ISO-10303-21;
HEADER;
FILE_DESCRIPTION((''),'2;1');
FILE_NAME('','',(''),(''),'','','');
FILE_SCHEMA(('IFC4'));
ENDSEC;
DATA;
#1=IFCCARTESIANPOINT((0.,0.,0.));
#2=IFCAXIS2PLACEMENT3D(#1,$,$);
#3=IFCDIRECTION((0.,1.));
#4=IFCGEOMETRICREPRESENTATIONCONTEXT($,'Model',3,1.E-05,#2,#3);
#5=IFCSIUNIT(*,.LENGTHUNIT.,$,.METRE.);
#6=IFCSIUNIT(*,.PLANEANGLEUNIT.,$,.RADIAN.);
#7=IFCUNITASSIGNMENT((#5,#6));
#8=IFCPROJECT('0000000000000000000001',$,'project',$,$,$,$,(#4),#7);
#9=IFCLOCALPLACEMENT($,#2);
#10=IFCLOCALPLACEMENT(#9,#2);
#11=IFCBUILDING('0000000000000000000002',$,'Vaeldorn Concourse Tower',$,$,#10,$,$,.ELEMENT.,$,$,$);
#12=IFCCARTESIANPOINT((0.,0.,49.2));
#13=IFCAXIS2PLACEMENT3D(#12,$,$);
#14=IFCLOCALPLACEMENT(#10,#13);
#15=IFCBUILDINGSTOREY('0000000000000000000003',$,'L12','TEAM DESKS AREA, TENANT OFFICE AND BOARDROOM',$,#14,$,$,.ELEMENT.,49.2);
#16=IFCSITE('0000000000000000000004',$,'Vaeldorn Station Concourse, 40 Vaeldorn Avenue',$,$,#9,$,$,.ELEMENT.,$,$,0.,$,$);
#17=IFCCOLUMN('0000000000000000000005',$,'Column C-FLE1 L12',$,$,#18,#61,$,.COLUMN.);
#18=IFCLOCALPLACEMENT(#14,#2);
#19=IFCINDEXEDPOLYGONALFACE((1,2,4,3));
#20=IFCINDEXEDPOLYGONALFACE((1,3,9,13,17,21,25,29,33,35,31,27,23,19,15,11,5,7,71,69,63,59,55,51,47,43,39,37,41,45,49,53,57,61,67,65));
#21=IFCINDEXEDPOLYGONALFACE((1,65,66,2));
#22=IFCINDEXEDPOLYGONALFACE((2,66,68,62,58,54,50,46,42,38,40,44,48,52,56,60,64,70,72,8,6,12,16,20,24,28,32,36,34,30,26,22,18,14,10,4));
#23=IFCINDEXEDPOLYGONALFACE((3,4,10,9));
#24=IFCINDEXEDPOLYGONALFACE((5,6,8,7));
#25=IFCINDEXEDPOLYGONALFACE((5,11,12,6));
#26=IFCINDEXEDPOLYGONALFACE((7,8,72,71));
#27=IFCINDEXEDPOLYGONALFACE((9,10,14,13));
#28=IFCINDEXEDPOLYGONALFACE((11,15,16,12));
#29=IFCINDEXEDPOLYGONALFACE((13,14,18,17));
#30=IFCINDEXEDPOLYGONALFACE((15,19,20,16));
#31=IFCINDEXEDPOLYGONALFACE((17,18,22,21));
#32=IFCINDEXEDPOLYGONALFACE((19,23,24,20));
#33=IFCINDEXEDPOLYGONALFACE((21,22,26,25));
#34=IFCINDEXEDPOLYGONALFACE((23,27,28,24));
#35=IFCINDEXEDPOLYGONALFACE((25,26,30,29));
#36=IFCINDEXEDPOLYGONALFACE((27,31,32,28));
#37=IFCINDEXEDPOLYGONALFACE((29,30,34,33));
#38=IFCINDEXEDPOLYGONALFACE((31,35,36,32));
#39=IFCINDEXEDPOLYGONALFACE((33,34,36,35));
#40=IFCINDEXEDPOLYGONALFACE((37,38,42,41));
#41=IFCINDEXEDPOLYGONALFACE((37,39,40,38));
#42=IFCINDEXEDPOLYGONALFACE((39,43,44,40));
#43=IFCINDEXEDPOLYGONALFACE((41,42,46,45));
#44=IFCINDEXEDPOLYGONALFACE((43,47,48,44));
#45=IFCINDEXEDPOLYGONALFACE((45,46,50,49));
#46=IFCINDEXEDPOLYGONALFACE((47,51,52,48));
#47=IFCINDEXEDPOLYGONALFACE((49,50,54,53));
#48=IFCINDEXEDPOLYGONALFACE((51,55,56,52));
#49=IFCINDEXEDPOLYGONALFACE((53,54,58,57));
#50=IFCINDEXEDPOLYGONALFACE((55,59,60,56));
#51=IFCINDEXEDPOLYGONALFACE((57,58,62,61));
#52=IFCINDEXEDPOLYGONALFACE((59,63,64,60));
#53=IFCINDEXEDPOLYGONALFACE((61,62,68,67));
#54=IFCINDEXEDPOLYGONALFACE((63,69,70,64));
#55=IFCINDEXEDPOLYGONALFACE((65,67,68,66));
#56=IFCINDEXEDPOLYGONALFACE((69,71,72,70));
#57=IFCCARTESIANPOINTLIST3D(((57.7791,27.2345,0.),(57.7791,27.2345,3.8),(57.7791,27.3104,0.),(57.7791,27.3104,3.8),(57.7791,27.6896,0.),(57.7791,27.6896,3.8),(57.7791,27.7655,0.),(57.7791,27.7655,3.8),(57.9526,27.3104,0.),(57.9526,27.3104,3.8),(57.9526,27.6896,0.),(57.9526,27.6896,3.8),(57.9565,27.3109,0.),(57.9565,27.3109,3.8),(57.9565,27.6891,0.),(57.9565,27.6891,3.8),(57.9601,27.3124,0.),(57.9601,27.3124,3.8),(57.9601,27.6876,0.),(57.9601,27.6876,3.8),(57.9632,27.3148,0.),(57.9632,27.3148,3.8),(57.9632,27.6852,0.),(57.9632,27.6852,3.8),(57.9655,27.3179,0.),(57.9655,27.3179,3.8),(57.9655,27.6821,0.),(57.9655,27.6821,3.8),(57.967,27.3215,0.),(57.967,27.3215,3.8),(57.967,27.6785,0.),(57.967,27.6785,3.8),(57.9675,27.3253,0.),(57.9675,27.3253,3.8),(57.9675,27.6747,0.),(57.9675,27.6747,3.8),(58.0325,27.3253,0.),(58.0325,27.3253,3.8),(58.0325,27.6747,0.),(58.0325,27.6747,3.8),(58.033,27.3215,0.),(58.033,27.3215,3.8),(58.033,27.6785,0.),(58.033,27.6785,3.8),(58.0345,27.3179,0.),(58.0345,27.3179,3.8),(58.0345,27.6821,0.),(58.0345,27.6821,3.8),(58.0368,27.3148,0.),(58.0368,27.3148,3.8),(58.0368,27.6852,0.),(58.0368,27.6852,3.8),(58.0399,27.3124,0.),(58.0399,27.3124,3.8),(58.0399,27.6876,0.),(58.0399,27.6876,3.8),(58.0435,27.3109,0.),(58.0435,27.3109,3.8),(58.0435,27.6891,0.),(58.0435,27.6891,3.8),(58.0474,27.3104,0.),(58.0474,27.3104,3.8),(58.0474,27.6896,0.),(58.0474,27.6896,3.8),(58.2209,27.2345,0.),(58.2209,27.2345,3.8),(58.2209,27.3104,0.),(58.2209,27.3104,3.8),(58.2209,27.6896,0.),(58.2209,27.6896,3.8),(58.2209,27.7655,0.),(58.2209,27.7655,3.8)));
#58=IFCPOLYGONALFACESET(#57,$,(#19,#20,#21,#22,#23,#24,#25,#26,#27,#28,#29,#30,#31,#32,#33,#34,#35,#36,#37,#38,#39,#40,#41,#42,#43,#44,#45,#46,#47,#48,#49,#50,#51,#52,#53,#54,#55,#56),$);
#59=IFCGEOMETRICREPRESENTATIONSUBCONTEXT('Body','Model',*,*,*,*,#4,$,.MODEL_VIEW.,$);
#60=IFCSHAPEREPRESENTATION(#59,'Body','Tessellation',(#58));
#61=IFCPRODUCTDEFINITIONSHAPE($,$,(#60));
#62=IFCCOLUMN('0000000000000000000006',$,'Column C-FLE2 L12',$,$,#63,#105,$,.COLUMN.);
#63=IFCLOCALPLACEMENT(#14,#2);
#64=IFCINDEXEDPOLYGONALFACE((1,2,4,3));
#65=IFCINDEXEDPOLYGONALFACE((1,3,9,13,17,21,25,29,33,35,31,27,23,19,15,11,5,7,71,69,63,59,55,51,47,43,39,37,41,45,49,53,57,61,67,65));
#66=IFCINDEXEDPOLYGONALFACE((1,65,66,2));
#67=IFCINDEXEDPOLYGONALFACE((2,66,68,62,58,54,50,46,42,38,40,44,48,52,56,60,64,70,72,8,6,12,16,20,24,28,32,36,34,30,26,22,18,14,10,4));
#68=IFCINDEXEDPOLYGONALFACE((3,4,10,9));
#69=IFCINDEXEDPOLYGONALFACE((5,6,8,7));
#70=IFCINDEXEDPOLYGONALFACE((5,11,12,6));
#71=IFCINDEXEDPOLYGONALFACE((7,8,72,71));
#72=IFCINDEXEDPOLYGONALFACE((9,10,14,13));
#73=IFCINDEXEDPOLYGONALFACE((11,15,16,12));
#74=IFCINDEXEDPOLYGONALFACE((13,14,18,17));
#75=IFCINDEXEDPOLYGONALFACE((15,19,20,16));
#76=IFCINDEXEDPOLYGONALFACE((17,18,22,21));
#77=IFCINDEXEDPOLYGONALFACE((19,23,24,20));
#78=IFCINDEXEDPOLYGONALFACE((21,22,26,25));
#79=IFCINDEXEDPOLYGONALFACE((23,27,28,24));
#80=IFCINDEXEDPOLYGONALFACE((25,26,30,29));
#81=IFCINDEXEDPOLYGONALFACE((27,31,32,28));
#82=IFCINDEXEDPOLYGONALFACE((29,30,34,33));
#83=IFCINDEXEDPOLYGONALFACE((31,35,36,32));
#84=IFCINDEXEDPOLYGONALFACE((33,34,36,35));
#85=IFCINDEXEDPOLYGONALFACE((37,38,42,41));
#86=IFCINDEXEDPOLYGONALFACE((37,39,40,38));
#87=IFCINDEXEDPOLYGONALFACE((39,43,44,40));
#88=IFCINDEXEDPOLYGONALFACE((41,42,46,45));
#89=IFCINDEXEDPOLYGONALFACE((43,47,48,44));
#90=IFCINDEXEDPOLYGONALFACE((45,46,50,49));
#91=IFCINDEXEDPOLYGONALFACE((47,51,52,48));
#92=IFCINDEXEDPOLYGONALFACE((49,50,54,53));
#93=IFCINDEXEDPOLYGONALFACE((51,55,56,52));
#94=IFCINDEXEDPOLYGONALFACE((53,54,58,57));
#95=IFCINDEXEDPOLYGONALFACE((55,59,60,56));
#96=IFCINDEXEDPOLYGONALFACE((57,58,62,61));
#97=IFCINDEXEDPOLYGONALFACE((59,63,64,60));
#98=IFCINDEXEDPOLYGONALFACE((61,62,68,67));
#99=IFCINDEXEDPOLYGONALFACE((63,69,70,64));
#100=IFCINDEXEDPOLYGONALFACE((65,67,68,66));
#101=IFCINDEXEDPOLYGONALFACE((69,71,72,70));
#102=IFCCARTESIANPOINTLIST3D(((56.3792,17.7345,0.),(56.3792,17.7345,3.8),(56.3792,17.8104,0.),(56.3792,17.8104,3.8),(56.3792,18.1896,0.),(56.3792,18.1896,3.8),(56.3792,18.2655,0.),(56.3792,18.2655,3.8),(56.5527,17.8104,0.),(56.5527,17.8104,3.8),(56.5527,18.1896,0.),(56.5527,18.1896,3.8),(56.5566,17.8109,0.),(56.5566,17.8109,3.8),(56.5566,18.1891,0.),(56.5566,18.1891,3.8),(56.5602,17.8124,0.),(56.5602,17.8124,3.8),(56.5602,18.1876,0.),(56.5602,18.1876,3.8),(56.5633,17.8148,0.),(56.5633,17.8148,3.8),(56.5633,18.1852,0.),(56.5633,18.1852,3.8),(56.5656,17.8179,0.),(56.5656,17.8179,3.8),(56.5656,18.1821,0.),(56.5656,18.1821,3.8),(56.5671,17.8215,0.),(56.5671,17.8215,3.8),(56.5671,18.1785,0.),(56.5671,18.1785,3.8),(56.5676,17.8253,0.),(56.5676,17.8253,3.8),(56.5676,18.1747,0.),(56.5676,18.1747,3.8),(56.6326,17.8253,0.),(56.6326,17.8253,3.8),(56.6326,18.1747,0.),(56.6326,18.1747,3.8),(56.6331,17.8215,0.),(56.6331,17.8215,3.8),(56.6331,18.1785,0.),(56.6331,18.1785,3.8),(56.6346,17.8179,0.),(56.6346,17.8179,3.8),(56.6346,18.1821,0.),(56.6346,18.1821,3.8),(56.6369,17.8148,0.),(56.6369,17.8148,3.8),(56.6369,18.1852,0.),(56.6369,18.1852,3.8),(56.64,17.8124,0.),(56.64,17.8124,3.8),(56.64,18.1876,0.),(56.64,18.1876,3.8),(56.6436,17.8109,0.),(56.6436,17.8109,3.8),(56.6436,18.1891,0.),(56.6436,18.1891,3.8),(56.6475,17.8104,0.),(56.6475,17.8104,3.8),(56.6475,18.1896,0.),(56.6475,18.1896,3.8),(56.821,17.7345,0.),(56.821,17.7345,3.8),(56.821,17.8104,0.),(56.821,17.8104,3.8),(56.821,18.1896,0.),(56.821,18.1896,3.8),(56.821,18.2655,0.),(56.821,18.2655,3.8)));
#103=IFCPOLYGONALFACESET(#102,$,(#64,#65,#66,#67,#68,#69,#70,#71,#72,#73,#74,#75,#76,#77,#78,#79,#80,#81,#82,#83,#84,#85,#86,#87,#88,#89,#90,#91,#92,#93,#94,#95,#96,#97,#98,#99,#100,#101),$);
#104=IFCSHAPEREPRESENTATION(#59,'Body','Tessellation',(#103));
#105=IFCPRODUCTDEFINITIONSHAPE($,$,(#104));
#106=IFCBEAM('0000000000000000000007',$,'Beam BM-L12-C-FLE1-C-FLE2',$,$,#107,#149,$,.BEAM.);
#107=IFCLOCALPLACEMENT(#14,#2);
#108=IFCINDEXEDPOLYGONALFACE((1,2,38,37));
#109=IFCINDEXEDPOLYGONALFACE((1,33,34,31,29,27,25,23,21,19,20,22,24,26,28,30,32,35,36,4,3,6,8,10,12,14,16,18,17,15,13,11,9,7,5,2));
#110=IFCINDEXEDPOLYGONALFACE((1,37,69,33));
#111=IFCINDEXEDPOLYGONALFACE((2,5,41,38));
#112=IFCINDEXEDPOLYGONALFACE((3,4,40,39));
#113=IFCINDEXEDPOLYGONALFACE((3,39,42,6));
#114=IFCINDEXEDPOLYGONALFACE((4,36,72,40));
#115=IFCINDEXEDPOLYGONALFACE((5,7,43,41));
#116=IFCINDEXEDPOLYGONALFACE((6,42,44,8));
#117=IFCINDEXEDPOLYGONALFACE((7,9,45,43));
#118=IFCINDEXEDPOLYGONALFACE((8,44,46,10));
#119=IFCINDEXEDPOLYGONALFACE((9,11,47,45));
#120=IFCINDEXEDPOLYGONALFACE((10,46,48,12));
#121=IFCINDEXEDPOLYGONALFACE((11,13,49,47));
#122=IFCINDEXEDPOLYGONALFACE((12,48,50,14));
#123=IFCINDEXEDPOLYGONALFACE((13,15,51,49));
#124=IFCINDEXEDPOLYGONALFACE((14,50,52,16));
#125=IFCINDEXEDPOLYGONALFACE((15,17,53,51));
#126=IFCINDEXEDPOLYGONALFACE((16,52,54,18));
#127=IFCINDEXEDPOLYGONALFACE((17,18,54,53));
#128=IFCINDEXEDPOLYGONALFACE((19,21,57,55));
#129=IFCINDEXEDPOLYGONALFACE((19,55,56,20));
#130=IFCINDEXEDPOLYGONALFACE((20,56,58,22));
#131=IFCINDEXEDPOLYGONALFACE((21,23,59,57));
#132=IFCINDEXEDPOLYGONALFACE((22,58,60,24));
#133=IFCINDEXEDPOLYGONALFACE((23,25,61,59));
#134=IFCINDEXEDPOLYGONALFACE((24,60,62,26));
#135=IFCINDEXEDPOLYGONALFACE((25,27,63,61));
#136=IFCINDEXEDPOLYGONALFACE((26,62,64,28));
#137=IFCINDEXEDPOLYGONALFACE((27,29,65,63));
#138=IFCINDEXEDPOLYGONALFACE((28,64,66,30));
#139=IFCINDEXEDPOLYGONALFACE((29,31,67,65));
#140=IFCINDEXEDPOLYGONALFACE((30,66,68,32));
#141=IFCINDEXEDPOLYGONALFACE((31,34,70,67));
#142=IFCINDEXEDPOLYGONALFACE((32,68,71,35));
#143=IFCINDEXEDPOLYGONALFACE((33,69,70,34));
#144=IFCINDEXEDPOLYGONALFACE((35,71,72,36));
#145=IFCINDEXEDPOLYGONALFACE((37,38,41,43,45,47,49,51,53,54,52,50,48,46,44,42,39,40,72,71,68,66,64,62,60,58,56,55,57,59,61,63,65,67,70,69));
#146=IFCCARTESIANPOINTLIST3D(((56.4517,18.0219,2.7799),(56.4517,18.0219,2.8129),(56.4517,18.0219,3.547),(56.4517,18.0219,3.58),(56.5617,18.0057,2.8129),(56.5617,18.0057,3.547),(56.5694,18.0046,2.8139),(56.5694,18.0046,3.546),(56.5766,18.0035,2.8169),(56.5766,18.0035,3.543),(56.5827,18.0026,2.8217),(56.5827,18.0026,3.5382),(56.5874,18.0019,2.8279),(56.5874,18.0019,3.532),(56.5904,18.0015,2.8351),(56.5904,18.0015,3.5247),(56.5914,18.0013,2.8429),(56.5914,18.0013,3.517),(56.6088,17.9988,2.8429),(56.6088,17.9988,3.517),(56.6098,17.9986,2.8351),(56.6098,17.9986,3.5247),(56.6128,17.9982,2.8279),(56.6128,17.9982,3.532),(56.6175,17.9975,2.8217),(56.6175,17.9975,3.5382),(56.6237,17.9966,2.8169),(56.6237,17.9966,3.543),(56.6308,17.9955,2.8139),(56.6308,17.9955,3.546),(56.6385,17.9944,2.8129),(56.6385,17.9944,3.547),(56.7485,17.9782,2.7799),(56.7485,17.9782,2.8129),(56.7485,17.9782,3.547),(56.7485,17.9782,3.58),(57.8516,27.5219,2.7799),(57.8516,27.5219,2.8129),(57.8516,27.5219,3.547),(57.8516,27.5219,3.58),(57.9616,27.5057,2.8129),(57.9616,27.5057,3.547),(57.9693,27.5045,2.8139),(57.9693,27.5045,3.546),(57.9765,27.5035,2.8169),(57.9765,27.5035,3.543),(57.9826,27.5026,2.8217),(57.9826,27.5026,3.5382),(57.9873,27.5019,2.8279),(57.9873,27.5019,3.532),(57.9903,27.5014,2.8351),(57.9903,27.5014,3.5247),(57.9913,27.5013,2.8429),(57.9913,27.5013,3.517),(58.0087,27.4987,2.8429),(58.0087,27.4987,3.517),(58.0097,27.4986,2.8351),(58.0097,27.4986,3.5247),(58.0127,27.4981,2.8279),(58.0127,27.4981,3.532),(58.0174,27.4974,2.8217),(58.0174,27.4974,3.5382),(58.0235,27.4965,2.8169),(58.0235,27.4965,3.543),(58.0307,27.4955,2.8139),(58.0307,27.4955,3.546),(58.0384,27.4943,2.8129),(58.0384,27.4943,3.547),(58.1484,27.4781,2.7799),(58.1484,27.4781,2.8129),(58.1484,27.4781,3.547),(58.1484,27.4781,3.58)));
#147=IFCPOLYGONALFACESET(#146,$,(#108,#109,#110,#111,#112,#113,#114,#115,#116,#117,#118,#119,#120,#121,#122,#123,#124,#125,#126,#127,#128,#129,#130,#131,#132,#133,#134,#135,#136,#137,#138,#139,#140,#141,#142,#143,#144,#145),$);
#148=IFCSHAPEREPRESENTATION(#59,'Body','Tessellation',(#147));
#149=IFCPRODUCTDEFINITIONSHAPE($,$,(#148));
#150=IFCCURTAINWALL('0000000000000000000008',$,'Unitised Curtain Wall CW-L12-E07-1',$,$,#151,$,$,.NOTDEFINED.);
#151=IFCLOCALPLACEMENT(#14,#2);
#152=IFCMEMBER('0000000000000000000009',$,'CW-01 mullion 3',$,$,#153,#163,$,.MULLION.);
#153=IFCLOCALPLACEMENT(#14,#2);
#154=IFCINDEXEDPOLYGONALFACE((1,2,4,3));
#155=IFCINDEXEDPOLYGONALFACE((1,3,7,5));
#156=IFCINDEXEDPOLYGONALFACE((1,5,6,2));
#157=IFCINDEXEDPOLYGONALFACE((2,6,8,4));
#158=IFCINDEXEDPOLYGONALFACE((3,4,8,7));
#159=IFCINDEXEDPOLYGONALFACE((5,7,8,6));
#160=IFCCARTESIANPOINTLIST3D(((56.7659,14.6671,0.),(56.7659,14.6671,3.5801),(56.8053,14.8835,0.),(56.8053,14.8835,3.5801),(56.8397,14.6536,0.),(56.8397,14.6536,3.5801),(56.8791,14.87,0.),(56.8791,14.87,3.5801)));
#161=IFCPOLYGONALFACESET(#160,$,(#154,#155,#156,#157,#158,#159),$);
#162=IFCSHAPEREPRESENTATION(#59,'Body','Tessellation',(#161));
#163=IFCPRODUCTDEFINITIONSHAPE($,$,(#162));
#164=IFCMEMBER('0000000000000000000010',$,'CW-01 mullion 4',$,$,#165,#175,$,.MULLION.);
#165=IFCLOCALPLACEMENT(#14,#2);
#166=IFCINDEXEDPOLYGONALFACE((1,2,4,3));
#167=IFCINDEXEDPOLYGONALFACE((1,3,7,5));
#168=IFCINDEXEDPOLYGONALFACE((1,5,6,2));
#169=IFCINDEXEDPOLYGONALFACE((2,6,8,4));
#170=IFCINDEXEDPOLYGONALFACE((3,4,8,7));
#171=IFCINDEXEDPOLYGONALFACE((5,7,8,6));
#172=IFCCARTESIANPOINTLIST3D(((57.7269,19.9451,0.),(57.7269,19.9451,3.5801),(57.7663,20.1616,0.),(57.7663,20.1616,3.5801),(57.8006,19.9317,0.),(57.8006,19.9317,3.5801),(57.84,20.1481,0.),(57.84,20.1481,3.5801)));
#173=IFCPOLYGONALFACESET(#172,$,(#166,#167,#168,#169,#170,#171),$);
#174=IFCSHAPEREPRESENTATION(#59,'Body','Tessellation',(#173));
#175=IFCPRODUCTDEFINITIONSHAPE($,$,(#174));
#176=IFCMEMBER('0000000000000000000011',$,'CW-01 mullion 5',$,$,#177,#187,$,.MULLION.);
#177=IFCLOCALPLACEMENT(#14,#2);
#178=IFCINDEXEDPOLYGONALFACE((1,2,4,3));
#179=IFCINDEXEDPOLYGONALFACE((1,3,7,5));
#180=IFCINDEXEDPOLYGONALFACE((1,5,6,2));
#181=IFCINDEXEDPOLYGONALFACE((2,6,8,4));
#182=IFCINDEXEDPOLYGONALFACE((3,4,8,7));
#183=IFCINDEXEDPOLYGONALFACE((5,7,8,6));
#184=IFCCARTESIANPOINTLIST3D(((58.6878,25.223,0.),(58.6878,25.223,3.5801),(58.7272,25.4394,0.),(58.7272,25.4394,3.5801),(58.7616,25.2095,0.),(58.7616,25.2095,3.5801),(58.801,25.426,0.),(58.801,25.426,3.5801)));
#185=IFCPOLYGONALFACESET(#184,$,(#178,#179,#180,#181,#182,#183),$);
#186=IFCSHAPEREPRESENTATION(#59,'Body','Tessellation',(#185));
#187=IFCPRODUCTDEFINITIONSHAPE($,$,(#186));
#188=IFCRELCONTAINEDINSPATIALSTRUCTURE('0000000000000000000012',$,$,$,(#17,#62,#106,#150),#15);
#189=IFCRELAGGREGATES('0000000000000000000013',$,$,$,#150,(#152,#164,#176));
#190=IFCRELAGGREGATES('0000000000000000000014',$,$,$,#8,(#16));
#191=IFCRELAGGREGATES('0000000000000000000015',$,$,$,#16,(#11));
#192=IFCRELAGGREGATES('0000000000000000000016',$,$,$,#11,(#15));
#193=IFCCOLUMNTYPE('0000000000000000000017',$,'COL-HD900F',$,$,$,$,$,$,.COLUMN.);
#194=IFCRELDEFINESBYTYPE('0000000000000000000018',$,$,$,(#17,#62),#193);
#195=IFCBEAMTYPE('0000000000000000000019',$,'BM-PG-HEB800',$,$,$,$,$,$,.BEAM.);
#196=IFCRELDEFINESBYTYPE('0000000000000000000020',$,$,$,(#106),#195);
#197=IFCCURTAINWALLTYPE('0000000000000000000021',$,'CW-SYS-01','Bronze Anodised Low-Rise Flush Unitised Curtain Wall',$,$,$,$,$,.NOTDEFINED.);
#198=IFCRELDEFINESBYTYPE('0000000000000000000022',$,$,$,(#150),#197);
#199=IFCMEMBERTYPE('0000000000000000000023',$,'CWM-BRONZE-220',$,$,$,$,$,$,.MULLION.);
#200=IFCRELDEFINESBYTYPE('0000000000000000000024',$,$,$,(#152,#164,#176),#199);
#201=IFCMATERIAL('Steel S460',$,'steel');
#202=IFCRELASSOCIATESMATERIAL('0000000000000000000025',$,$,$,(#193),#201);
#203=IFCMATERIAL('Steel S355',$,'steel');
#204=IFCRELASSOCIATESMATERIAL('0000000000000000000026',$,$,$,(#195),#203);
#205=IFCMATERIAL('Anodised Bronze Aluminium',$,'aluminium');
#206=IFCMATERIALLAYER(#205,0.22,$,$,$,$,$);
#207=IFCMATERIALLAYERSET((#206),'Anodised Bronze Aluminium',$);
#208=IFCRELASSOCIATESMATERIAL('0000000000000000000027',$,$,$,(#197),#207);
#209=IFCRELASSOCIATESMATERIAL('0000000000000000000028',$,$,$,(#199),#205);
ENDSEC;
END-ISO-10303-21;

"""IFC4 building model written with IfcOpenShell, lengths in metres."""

from ifc_helpers import new_model, si_unit, direction, frame, origin, origin_2d, place, context, subcontext, project, spatial, rectangle, i_section, extrude, source, transform, mapped, material, layer, layer_set, material_profile, profile_set, type_object, element, aggregate, save


model = new_model("IFC4")

# Units and contexts
model_context = context("Model", 3, precision=1e-05, world=origin(), true_north=direction((0.0, 1.0)))
body_context = subcontext(model_context, "Body", "Model", "MODEL_VIEW")
ifc_project = project(units=[si_unit("LENGTHUNIT", "METRE"), si_unit("PLANEANGLEUNIT", "RADIAN")], contexts=[model_context])

# Site, building, storey
site_placement = place(None, origin())
site = spatial("IfcSite", under=ifc_project, at=site_placement, Name="Vaeldorn Station Concourse, 40 Vaeldorn Avenue", CompositionType="ELEMENT", RefElevation=0.0)
building_placement = place(site_placement, origin())
building = spatial("IfcBuilding", under=site, at=building_placement, Name="Vaeldorn Concourse Tower", CompositionType="ELEMENT")
storey_placement = place(building_placement, frame((0.0, 0.0, 49.2)))
storey = spatial("IfcBuildingStorey", under=building, at=storey_placement, Name="L12", Description="TEAM DESKS AREA, TENANT OFFICE AND BOARDROOM", CompositionType="ELEMENT", Elevation=49.2)

# Columns
ifc_material_1 = material(Name="Steel S460", Category="steel")
ifc_material_profile_1 = material_profile(ifc_material_1, i_section(OverallWidth=0.4419, OverallDepth=0.531, WebThickness=0.0649, FlangeThickness=0.0759, FilletRadius=0.0149, at=origin_2d()), Name="HD 400x900")
ifc_profile_set_1 = profile_set([ifc_material_profile_1], Name="Steel S460")
column_type = type_object("IfcColumnType", Name="COL-HD900F", PredefinedType="COLUMN", material=ifc_profile_set_1)
shared_shape_1 = source(origin(), body_context, "Body", "SweptSolid", [
    extrude(i_section(OverallWidth=0.4419, OverallDepth=0.531, WebThickness=0.0649, FlangeThickness=0.0759, FilletRadius=0.0149, at=origin_2d()), origin(), (0.0, 0.0, 1.0), 3.8),
])
for number, where, z_axis, x_axis, name in (
    (1, (58.0, 27.5, 0.0), (0.0, 0.0, 1.0), (1.0, 0.0, 0.0), "Column C-FLE1 L12"),
    (2, (56.6001, 18.0, 0.0), (0.0, 0.0, 1.0), (1.0, 0.0, 0.0), "Column C-FLE2 L12"),
):
    element("IfcColumn", number, at=place(storey_placement, frame(where, z_axis=z_axis, x_axis=x_axis)), inside=storey, type_object=column_type, Name=name, PredefinedType="COLUMN", context=body_context, shape_type="MappedRepresentation", body=[
        mapped(shared_shape_1, transform((0.0, 0.0, 0.0), scale=1.0)),
    ])

# Beam
ifc_material_2 = material(Name="Steel S355", Category="steel")
ifc_material_profile_2 = material_profile(ifc_material_2, i_section(OverallWidth=0.3, OverallDepth=0.8, WebThickness=0.0176, FlangeThickness=0.033, FilletRadius=0.03, at=origin_2d()), Name="HEB 800")
ifc_profile_set_2 = profile_set([ifc_material_profile_2], Name="Steel S355")
beam_type = type_object("IfcBeamType", Name="BM-PG-HEB800", PredefinedType="BEAM", material=ifc_profile_set_2)
shared_shape_2 = source(origin(), body_context, "Body", "SweptSolid", [
    extrude(i_section(OverallWidth=0.3, OverallDepth=0.8, WebThickness=0.0176, FlangeThickness=0.033, FilletRadius=0.03, at=origin_2d()), origin(), (0.0, 0.0, 1.0), 9.6025),
])
beam_placement = place(storey_placement, frame((58.0, 27.5, 3.1799), z_axis=(-0.145784, -0.989316, 0.0), x_axis=(0.989316, -0.145784, 0.0)))
element("IfcBeam", 3, at=beam_placement, inside=storey, type_object=beam_type, Name="Beam BM-L12-C-FLE1-C-FLE2", PredefinedType="BEAM", context=body_context, shape_type="MappedRepresentation", body=[
    mapped(shared_shape_2, transform((0.0, 0.0, 0.0), scale=1.0)),
])

# Curtain wall, members
ifc_material_3 = material(Name="Anodised Bronze Aluminium", Category="aluminium")
ifc_layer_1 = layer(ifc_material_3, 0.22)
ifc_layer_set_1 = layer_set([ifc_layer_1], Name="Anodised Bronze Aluminium")
curtain_wall_type = type_object("IfcCurtainWallType", Name="CW-SYS-01", Description="Bronze Anodised Low-Rise Flush Unitised Curtain Wall", PredefinedType="NOTDEFINED", material=ifc_layer_set_1)
curtain_wall_placement = place(storey_placement, origin())
curtain_wall = element("IfcCurtainWall", 4, at=curtain_wall_placement, inside=storey, type_object=curtain_wall_type, Name="Unitised Curtain Wall CW-L12-E07-1", PredefinedType="NOTDEFINED")
ifc_material_profile_3 = material_profile(ifc_material_3, rectangle(XDim=0.075, YDim=0.22, at=origin_2d()), Name="CWM 75x220")
ifc_profile_set_3 = profile_set([ifc_material_profile_3], Name="Anodised Bronze Aluminium")
member_type_1 = type_object("IfcMemberType", Name="CWM-BRONZE-220", PredefinedType="MULLION", material=ifc_profile_set_3)
shared_shape_3 = source(origin(), body_context, "Body", "SweptSolid", [
    extrude(rectangle(XDim=0.075, YDim=0.22, at=origin_2d()), origin(), (0.0, 0.0, 1.0), 3.5801),
])
member_1_placement = place(storey_placement, frame((56.8225, 14.7686, 0.0), z_axis=(0.0, 0.0, 1.0), x_axis=(-0.983828, 0.179117, 0.0)))
member_1 = element("IfcMember", 5, at=member_1_placement, type_object=member_type_1, Name="CW-01 mullion 3", PredefinedType="MULLION", context=body_context, shape_type="MappedRepresentation", body=[
    mapped(shared_shape_3, transform((0.0, 0.0, 0.0), scale=1.0)),
])
member_2_placement = place(storey_placement, frame((57.7834, 20.0466, 0.0), z_axis=(0.0, 0.0, 1.0), x_axis=(-0.983828, 0.179117, 0.0)))
member_2 = element("IfcMember", 6, at=member_2_placement, type_object=member_type_1, Name="CW-01 mullion 4", PredefinedType="MULLION", context=body_context, shape_type="MappedRepresentation", body=[
    mapped(shared_shape_3, transform((0.0, 0.0, 0.0), scale=1.0)),
])
member_3_placement = place(storey_placement, frame((58.7444, 25.3245, 0.0), z_axis=(0.0, 0.0, 1.0), x_axis=(-0.983828, 0.179117, 0.0)))
member_3 = element("IfcMember", 7, at=member_3_placement, type_object=member_type_1, Name="CW-01 mullion 5", PredefinedType="MULLION", context=body_context, shape_type="MappedRepresentation", body=[
    mapped(shared_shape_3, transform((0.0, 0.0, 0.0), scale=1.0)),
])
aggregate(curtain_wall, [member_1, member_2, member_3])

save(model, "model.ifc")
